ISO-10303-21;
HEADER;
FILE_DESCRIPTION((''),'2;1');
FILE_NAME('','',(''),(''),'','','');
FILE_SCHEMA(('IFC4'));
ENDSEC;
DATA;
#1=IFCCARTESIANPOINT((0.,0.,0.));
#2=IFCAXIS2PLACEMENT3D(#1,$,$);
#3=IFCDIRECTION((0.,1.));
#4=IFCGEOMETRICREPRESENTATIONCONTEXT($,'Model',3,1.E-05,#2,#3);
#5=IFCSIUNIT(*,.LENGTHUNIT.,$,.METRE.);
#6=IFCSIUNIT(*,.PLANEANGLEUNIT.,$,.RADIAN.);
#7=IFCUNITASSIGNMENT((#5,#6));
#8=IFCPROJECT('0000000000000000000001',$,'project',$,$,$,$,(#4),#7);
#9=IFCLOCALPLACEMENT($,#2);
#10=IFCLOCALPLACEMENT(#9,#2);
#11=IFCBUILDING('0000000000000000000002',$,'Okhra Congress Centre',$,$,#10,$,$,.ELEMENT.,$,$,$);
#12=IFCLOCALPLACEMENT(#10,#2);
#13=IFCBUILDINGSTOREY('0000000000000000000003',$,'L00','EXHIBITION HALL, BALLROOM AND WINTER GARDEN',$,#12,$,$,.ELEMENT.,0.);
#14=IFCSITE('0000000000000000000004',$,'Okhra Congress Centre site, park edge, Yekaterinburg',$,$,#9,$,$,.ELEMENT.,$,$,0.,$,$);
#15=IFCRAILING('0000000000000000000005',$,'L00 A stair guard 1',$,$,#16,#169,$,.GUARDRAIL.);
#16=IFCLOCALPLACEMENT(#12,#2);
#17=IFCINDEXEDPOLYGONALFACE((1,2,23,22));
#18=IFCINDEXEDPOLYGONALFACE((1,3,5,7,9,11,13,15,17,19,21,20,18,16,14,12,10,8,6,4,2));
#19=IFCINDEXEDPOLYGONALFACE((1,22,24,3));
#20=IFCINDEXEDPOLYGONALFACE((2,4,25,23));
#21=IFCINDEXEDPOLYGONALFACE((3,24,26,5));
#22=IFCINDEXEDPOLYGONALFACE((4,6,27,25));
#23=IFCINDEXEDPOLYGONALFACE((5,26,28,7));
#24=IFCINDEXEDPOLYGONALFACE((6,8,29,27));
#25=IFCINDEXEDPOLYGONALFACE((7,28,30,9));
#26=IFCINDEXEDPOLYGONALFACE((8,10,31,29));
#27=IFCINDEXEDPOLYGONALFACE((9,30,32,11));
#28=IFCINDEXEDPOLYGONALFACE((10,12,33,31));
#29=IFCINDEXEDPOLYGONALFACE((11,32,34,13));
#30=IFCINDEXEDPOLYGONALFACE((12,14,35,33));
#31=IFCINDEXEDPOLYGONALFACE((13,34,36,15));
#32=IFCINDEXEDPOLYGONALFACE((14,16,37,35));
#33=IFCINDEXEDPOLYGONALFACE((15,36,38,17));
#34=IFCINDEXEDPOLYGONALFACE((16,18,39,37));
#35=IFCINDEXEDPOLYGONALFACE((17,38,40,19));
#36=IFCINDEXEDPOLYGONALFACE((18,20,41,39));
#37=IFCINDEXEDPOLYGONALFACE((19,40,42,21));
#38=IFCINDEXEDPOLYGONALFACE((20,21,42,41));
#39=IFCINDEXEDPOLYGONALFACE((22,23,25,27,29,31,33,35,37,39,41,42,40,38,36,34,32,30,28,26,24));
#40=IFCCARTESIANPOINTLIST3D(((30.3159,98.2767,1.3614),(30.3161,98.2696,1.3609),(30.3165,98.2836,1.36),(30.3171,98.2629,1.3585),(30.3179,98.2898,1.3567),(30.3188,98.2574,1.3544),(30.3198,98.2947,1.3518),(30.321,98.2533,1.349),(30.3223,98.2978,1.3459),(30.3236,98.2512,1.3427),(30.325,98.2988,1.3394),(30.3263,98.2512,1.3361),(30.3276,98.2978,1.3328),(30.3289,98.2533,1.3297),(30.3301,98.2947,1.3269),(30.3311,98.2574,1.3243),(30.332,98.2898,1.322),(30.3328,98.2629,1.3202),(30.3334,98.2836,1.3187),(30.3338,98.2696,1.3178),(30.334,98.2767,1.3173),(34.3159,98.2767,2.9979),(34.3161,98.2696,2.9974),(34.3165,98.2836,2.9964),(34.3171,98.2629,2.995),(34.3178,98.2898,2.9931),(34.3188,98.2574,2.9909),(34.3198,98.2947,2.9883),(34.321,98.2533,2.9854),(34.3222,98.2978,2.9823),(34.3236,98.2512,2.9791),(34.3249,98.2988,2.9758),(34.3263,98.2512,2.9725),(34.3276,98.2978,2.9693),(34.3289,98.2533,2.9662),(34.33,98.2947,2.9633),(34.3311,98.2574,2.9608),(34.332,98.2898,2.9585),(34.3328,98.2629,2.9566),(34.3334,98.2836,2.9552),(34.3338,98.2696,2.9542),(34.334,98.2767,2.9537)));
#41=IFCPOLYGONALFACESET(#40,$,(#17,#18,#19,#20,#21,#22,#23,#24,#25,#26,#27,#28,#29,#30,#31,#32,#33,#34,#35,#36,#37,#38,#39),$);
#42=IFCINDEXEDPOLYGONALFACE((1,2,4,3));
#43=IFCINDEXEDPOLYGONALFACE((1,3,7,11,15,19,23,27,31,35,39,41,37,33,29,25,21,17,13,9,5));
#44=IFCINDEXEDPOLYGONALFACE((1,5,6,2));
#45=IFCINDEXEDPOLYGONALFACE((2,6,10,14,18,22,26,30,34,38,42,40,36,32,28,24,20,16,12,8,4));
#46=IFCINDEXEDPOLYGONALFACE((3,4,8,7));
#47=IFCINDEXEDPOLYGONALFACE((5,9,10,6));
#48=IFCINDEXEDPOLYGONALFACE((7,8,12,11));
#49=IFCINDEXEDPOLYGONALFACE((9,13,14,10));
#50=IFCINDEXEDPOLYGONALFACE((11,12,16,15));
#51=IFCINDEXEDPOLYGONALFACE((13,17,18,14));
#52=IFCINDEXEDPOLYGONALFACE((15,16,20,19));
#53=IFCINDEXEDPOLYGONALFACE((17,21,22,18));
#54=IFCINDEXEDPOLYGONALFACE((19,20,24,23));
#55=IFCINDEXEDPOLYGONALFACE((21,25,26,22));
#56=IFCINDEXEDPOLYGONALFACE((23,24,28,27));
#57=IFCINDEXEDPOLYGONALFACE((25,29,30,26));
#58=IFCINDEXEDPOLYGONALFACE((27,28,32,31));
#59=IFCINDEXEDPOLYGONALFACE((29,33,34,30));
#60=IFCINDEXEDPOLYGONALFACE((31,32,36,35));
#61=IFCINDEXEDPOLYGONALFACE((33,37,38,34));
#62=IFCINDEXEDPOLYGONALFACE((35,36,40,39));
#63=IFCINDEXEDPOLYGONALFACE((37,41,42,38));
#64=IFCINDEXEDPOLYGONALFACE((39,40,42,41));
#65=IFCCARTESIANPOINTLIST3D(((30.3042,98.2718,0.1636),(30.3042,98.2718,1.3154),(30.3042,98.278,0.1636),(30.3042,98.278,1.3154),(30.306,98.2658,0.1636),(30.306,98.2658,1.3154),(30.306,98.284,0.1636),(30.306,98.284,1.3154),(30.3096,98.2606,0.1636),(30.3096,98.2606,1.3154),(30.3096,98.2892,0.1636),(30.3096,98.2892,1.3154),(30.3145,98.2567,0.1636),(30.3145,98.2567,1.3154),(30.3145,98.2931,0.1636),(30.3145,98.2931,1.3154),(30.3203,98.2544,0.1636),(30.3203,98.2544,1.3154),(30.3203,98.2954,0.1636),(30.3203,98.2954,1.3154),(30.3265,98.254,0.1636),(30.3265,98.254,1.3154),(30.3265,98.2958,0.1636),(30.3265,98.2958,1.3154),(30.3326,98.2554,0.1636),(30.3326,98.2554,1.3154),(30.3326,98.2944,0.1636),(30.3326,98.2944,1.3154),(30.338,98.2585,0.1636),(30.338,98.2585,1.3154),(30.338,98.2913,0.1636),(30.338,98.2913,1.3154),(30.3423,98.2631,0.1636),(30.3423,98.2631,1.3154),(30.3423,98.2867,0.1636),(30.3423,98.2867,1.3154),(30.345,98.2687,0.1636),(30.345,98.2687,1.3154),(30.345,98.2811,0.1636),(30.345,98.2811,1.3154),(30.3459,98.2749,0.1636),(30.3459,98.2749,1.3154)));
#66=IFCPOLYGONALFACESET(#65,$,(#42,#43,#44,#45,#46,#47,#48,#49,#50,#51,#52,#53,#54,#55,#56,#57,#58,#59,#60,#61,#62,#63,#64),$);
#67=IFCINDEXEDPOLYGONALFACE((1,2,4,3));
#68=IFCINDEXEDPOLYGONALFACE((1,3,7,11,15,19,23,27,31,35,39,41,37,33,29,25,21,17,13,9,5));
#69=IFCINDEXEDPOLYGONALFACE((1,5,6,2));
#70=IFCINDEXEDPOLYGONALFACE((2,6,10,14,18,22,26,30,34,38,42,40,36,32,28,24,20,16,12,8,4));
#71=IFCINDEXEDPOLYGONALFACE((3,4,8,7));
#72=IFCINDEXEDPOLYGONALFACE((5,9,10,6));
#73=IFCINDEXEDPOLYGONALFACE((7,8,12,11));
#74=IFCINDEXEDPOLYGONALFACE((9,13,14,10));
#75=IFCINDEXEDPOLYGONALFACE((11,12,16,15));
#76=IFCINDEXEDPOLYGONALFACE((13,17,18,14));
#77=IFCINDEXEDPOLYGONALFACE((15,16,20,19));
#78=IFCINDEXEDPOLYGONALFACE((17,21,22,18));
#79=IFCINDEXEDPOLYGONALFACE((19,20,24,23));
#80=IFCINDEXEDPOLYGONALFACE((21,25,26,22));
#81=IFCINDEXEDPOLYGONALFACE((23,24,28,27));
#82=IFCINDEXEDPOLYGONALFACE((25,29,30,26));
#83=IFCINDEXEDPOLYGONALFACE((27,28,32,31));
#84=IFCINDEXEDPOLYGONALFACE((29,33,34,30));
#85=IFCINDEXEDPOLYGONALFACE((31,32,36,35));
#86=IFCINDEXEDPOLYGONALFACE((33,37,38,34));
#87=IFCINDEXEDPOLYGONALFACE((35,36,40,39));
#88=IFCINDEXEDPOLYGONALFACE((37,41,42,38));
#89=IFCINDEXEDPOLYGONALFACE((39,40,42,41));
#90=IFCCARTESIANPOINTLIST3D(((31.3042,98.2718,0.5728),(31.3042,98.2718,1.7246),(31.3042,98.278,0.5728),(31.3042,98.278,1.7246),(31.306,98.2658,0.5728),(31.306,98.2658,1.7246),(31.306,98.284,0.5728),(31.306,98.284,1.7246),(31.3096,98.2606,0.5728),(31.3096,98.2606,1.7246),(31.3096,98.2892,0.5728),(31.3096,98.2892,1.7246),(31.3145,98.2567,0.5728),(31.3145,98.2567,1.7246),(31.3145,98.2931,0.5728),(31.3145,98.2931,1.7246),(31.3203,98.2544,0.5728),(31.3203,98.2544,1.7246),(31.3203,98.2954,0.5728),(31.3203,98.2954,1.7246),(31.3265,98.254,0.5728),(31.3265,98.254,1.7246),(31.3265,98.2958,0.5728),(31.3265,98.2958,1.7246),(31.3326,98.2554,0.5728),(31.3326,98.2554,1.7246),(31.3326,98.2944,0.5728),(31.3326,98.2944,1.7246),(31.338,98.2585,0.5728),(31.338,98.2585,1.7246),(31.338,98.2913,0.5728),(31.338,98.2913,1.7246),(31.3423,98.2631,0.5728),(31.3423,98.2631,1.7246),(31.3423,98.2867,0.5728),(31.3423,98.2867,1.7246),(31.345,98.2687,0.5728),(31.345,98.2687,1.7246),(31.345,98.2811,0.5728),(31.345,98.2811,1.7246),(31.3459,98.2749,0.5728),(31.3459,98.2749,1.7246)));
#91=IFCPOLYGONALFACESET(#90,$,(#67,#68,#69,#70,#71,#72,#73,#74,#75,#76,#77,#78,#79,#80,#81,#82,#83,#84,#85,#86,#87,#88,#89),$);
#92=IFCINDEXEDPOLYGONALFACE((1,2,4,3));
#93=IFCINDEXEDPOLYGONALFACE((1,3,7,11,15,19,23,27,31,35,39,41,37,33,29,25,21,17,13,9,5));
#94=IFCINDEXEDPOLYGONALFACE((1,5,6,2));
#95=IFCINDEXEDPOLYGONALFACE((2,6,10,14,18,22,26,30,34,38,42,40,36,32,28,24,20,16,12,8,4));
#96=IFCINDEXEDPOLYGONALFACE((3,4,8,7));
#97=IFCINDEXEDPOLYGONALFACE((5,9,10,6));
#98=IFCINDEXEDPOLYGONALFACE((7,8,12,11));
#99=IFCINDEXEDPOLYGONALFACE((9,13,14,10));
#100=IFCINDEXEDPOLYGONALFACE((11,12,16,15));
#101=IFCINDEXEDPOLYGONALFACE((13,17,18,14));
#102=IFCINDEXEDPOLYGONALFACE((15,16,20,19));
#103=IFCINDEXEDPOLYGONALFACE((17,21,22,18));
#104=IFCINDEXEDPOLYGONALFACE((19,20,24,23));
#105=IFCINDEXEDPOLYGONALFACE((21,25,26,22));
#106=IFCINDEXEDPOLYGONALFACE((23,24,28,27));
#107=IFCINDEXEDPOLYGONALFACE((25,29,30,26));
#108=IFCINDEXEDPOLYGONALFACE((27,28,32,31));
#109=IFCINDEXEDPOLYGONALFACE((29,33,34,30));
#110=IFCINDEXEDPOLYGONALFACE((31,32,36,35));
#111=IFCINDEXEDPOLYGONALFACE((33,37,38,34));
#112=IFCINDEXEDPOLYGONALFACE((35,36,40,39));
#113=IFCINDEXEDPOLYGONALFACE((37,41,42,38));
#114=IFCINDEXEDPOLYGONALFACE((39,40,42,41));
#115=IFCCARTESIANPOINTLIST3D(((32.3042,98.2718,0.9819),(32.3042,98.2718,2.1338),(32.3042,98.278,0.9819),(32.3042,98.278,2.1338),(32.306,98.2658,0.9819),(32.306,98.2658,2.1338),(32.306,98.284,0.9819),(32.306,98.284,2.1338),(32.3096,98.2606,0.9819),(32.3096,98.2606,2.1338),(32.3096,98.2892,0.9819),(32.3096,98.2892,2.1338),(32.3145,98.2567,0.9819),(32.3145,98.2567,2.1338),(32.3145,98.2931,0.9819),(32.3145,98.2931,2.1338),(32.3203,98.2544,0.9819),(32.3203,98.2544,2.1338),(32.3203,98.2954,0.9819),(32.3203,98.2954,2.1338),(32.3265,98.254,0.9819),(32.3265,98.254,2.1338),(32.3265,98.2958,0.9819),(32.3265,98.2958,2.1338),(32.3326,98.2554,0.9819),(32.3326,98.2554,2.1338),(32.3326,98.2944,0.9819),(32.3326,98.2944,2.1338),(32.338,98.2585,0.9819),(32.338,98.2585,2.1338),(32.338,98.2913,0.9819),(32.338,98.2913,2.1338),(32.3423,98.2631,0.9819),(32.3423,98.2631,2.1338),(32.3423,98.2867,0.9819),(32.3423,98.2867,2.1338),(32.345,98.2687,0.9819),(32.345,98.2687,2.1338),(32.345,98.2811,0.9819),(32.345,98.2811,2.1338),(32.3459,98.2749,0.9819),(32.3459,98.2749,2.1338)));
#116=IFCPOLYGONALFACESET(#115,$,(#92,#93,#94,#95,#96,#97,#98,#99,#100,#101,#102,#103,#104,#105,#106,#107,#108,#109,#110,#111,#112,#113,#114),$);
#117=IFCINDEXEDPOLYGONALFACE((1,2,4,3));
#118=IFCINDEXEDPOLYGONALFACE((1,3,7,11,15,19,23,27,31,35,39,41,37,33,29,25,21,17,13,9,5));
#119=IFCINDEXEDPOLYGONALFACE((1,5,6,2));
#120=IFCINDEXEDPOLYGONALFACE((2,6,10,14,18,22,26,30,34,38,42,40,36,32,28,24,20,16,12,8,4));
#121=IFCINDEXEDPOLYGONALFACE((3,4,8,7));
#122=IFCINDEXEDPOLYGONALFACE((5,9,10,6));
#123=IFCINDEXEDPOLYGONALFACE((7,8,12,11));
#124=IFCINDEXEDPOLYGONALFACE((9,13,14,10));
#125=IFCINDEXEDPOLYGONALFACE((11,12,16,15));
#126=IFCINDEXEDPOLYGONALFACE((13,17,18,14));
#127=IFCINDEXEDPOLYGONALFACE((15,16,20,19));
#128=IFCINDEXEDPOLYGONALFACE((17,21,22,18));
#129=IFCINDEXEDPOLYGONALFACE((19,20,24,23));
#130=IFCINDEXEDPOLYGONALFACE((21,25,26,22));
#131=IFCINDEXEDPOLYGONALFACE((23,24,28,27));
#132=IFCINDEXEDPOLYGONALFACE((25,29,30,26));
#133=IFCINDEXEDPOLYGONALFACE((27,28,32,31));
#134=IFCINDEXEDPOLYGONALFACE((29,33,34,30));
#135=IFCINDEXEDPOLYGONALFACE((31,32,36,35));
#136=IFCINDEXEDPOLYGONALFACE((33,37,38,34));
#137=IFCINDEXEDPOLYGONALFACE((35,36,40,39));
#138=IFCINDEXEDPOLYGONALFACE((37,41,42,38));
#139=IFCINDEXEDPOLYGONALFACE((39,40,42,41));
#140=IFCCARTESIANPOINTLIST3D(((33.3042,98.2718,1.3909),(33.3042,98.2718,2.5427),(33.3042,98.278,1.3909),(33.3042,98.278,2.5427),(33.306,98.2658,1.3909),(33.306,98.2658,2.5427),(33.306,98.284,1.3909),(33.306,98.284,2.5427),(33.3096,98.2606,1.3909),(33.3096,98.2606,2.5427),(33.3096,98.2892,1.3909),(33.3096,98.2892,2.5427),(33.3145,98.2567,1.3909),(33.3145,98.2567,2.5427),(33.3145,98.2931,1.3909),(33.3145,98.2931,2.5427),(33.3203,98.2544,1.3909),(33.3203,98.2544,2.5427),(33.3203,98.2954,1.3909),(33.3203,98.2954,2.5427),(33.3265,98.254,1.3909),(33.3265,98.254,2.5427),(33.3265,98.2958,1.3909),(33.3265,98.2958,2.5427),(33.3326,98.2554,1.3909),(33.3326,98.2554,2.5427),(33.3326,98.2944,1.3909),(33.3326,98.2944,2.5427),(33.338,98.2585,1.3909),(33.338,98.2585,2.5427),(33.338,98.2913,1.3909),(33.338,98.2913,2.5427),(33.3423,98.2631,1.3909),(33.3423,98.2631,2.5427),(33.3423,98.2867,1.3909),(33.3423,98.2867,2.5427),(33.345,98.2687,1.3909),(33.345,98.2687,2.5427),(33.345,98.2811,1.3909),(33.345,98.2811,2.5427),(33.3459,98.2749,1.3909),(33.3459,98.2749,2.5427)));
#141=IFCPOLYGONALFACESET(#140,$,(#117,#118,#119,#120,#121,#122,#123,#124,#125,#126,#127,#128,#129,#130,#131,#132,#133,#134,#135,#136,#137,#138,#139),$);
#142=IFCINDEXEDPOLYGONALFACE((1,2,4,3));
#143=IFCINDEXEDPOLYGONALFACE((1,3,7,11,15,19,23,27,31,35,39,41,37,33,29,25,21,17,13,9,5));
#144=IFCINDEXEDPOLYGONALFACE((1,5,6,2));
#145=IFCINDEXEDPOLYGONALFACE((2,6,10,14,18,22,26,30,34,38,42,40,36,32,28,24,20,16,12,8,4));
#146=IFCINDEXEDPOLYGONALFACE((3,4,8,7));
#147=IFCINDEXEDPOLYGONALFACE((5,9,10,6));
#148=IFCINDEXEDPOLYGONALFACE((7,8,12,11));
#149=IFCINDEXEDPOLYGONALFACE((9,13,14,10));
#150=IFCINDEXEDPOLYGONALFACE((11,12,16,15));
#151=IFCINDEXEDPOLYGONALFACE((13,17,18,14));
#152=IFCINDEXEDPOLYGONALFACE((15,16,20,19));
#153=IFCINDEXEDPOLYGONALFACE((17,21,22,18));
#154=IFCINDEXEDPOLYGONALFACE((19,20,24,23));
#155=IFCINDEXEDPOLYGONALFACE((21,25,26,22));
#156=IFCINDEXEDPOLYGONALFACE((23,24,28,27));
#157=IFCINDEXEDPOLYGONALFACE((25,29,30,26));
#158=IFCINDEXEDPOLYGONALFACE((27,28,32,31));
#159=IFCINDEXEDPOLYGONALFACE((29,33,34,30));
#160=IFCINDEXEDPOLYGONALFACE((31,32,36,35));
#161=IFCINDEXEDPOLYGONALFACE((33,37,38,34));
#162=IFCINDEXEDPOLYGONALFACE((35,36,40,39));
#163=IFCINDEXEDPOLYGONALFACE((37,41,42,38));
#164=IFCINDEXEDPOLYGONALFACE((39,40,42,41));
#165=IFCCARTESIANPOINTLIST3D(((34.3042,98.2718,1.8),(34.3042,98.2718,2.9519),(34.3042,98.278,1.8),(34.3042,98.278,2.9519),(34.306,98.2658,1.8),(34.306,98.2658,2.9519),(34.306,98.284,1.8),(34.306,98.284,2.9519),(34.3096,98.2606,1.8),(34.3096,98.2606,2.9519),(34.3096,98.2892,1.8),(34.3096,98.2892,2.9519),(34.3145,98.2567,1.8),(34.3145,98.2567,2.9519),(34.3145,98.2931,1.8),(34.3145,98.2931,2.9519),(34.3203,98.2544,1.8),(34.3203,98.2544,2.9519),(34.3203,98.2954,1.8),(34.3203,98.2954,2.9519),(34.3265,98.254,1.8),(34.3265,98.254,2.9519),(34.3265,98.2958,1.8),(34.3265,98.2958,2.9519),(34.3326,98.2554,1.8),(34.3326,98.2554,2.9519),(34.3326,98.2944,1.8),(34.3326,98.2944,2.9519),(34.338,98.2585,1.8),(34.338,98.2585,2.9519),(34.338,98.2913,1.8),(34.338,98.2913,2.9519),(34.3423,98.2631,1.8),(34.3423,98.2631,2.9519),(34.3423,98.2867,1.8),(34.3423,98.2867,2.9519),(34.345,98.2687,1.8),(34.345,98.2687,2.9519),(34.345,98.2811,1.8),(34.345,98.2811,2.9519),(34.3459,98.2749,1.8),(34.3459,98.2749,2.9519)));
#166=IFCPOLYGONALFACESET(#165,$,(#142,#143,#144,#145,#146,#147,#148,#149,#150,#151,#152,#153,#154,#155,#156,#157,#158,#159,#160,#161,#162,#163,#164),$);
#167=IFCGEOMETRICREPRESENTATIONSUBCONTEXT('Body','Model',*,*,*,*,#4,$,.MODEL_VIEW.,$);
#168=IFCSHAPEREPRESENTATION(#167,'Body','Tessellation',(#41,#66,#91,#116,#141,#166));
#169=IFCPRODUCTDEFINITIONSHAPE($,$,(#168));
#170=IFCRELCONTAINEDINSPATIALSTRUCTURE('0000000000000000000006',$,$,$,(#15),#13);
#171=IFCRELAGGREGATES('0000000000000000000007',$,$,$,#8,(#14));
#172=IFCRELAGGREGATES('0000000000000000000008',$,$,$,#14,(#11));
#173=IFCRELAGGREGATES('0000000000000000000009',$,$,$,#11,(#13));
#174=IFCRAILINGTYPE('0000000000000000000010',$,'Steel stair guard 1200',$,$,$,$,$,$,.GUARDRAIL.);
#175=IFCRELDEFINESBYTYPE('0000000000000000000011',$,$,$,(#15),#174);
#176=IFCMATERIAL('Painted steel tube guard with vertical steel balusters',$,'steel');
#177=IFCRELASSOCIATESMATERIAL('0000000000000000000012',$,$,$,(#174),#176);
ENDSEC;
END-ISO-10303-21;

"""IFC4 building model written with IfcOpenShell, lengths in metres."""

from ifc_helpers import new_model, si_unit, direction, frame, origin, origin_2d, place, context, subcontext, project, spatial, circle, extrude, material, type_object, element, save


model = new_model("IFC4")

# Units and contexts
model_context = context("Model", 3, precision=1e-05, world=origin(), true_north=direction((0.0, 1.0)))
body_context = subcontext(model_context, "Body", "Model", "MODEL_VIEW")
ifc_project = project(units=[si_unit("LENGTHUNIT", "METRE"), si_unit("PLANEANGLEUNIT", "RADIAN")], contexts=[model_context])

# Site, building, storey
site_placement = place(None, origin())
site = spatial("IfcSite", under=ifc_project, at=site_placement, Name="Okhra Congress Centre site, park edge, Yekaterinburg", CompositionType="ELEMENT", RefElevation=0.0)
building_placement = place(site_placement, origin())
building = spatial("IfcBuilding", under=site, at=building_placement, Name="Okhra Congress Centre", CompositionType="ELEMENT")
storey_placement = place(building_placement, origin())
storey = spatial("IfcBuildingStorey", under=building, at=storey_placement, Name="L00", Description="EXHIBITION HALL, BALLROOM AND WINTER GARDEN", CompositionType="ELEMENT", Elevation=0.0)

# Railing
ifc_material_1 = material(Name="Painted steel tube guard with vertical steel balusters", Category="steel")
railing_type_1 = type_object("IfcRailingType", Name="Steel stair guard 1200", PredefinedType="GUARDRAIL", material=ifc_material_1)
railing_1_placement = place(storey_placement, frame((30.325, 98.2749, 0.1636)))
element("IfcRailing", 1, at=railing_1_placement, inside=storey, type_object=railing_type_1, Name="L00 A stair guard 1", PredefinedType="GUARDRAIL", context=body_context, shape_type="SweptSolid", body=[
    extrude(circle(Radius=0.0239, at=origin_2d()), frame((0.0, 0.0, 1.1758), z_axis=(0.925538, 0.0, 0.378655), x_axis=(0.0, 1.0, 0.0)), (0.0, 0.0, 1.0), 4.3218),
    extrude(circle(Radius=0.021, at=origin_2d()), origin(), (0.0, 0.0, 1.0), 1.1519),
    extrude(circle(Radius=0.021, at=origin_2d()), frame((1.0, 0.0, 0.4092)), (0.0, 0.0, 1.0), 1.1519),
    extrude(circle(Radius=0.021, at=origin_2d()), frame((2.0, 0.0, 0.8184)), (0.0, 0.0, 1.0), 1.1519),
    extrude(circle(Radius=0.021, at=origin_2d()), frame((3.0, 0.0, 1.2273)), (0.0, 0.0, 1.0), 1.1519),
    extrude(circle(Radius=0.021, at=origin_2d()), frame((4.0, 0.0, 1.6365)), (0.0, 0.0, 1.0), 1.1519),
])

save(model, "model.ifc")
